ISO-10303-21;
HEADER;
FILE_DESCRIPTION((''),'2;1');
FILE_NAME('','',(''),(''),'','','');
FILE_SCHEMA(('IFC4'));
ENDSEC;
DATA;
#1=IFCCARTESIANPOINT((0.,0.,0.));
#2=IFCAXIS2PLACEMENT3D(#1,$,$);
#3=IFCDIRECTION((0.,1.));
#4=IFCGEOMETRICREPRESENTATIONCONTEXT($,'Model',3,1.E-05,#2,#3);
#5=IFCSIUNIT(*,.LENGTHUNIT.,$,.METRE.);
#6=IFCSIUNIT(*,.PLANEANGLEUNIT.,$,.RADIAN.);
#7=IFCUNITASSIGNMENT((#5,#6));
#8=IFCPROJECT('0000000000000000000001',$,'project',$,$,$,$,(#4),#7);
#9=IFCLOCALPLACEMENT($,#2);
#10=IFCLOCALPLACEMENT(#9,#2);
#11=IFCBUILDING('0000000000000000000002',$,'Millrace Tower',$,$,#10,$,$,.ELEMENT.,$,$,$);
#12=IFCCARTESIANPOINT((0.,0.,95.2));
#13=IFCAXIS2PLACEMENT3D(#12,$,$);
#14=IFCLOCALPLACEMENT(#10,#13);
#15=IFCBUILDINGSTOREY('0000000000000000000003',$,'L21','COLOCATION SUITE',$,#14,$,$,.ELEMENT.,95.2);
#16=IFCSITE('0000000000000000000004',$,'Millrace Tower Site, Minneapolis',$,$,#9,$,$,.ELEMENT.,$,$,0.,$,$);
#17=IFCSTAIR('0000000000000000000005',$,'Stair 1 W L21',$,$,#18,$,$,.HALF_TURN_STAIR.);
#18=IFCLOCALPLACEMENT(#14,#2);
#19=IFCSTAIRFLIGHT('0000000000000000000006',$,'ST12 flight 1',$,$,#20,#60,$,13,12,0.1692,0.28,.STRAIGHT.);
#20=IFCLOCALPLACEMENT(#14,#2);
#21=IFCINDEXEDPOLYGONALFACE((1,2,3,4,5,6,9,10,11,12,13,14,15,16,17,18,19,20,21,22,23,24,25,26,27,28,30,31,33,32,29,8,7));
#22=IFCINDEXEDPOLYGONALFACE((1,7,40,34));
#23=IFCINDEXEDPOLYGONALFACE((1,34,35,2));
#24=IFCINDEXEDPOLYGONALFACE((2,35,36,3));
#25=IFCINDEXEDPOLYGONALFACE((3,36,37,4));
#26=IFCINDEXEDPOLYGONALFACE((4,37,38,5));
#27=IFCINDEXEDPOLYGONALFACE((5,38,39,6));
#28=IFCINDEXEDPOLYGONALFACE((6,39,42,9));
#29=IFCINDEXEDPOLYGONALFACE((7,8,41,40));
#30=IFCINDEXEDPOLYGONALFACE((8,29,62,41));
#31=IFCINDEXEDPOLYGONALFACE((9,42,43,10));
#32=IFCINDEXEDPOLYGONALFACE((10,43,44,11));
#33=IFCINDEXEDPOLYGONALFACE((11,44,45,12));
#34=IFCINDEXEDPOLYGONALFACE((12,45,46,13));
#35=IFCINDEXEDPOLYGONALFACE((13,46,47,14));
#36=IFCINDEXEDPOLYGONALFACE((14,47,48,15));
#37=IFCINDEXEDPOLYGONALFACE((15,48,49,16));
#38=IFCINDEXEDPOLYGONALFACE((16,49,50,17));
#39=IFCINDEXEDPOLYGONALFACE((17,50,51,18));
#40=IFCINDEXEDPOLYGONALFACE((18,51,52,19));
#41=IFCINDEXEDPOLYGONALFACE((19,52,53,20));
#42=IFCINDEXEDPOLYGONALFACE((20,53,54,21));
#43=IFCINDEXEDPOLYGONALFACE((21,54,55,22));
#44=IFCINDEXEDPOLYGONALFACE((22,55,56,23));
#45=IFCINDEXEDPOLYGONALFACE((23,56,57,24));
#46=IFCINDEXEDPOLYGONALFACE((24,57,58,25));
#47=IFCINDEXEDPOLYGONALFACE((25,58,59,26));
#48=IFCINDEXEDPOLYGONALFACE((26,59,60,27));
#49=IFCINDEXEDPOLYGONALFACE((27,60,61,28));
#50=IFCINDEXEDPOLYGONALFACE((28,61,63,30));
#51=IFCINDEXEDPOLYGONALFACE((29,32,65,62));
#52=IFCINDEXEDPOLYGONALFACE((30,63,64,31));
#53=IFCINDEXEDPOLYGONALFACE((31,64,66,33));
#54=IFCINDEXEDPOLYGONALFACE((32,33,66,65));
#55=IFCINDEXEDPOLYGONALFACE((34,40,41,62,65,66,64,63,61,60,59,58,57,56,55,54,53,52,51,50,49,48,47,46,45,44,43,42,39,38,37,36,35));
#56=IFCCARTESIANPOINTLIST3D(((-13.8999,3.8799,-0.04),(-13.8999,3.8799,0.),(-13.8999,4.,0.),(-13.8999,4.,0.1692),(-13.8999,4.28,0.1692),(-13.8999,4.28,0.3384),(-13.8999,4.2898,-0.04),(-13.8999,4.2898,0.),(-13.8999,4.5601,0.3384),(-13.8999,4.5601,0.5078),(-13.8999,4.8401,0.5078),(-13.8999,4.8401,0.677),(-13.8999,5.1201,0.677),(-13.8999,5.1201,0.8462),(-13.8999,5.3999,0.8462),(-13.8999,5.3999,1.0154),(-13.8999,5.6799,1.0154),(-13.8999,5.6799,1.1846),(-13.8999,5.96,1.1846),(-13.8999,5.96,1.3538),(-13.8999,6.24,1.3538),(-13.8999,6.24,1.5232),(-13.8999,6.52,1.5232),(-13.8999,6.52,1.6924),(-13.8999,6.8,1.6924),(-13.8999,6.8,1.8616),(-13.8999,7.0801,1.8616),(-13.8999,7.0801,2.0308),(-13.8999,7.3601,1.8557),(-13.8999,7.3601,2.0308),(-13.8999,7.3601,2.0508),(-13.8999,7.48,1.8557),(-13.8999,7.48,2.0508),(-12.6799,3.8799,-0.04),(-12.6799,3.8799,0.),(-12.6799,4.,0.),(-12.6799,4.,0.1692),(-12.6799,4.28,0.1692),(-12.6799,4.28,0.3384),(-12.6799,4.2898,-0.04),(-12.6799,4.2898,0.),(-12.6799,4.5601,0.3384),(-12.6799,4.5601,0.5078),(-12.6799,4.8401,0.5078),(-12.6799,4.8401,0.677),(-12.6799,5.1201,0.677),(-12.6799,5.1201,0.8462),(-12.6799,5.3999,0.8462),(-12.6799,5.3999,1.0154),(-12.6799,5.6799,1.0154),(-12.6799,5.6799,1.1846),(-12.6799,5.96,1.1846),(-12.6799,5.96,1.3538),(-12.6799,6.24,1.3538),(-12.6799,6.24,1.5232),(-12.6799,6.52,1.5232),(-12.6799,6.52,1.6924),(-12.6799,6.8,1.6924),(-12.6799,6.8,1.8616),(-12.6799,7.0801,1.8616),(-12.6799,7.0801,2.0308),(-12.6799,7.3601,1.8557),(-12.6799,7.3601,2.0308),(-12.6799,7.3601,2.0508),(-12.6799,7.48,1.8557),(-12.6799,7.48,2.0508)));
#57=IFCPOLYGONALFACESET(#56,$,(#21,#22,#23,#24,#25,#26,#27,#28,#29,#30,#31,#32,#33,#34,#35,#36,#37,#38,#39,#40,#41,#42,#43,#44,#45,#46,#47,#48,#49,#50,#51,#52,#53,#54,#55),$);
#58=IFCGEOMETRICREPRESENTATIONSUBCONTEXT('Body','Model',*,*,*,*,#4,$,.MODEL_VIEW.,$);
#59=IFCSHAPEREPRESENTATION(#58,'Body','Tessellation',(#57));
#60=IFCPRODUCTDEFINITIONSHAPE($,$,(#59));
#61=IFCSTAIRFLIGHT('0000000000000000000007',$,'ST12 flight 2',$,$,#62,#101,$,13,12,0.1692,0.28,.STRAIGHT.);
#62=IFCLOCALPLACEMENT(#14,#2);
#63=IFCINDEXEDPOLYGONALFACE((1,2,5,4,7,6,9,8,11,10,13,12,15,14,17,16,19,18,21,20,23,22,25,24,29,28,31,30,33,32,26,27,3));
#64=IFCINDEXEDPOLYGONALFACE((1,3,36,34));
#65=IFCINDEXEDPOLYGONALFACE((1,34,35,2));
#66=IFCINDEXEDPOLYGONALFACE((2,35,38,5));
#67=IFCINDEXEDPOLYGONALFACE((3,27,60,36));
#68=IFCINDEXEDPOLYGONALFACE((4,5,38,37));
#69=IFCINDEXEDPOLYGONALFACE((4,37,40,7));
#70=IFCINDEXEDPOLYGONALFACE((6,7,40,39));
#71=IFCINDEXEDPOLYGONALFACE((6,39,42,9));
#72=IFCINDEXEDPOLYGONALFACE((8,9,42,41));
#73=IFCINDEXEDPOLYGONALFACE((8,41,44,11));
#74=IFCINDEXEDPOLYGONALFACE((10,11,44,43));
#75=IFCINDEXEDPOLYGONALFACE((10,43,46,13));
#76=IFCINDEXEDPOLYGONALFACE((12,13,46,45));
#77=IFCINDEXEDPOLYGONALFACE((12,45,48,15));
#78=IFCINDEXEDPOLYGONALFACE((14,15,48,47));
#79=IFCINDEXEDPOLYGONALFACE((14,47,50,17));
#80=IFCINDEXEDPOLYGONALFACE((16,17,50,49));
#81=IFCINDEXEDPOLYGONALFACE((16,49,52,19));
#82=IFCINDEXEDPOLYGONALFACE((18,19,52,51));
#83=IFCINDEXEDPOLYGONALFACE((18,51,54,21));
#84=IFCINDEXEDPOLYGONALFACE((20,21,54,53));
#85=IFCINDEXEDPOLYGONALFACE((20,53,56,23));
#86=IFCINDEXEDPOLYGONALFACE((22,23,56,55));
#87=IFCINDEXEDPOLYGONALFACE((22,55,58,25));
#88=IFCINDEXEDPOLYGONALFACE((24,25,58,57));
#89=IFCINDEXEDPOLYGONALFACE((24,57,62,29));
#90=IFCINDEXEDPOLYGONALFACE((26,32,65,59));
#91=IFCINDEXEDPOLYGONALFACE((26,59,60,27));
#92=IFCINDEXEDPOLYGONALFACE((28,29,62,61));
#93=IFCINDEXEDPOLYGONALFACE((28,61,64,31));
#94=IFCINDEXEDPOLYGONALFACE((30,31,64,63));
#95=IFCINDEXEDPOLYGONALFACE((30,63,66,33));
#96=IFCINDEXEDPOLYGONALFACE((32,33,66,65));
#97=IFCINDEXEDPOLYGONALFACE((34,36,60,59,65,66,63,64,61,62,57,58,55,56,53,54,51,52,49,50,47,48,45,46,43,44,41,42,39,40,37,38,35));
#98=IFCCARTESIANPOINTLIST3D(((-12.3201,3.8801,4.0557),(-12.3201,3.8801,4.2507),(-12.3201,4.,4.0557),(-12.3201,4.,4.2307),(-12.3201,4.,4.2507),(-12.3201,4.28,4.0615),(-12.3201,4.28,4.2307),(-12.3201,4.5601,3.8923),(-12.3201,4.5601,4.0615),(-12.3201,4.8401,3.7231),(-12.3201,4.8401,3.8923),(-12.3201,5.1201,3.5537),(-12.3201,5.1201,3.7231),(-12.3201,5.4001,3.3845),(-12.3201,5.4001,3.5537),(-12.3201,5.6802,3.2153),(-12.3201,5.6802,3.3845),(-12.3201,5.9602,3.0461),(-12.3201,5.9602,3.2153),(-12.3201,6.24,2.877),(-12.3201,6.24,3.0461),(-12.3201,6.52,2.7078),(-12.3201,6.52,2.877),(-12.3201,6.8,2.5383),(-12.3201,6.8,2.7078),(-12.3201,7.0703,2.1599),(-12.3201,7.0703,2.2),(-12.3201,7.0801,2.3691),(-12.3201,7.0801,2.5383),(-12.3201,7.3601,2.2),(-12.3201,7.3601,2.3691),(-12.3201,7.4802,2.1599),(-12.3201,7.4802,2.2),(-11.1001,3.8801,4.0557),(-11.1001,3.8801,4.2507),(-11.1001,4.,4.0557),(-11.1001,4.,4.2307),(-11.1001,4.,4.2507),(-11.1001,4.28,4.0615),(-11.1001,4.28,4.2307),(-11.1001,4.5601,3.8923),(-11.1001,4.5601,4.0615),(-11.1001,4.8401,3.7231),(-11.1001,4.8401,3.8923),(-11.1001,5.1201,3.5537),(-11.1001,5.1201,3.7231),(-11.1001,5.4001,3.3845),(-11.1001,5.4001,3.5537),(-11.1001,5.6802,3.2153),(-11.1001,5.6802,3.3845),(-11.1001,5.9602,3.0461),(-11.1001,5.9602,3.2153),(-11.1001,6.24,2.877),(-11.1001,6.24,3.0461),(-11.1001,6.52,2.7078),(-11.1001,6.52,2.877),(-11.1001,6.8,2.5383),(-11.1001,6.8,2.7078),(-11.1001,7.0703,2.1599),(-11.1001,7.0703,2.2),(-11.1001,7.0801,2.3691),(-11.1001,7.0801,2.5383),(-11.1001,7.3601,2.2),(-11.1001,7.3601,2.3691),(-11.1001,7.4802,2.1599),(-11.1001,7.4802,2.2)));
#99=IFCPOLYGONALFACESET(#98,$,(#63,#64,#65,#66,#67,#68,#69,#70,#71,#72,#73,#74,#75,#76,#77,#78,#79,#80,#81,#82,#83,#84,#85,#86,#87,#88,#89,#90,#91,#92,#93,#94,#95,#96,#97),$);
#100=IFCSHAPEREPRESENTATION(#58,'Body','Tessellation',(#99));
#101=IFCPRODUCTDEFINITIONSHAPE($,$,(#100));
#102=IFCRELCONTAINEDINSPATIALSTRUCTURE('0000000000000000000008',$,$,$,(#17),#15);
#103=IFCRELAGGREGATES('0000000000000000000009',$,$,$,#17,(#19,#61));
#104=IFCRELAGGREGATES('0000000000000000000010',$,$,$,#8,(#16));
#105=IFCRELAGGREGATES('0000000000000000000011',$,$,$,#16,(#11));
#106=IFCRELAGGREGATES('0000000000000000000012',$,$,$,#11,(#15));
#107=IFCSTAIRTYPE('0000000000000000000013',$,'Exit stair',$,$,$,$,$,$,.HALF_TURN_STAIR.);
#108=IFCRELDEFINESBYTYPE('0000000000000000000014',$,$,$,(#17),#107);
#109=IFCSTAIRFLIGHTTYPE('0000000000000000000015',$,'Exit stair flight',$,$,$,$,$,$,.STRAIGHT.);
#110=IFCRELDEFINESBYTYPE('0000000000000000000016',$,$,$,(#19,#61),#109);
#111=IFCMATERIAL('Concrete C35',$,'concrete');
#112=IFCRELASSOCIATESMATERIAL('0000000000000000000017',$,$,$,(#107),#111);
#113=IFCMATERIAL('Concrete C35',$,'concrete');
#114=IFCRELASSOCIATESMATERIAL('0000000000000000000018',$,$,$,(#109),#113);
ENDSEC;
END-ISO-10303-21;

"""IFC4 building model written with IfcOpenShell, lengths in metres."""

from ifc_helpers import new_model, si_unit, direction, frame, origin, place, context, subcontext, project, spatial, polyline, outline, extrude, material, type_object, element, aggregate, save


model = new_model("IFC4")

# Units and contexts
model_context = context("Model", 3, precision=1e-05, world=origin(), true_north=direction((0.0, 1.0)))
body_context = subcontext(model_context, "Body", "Model", "MODEL_VIEW")
ifc_project = project(units=[si_unit("LENGTHUNIT", "METRE"), si_unit("PLANEANGLEUNIT", "RADIAN")], contexts=[model_context])

# Site, building, storey
site_placement = place(None, origin())
site = spatial("IfcSite", under=ifc_project, at=site_placement, Name="Millrace Tower Site, Minneapolis", CompositionType="ELEMENT", RefElevation=0.0)
building_placement = place(site_placement, origin())
building = spatial("IfcBuilding", under=site, at=building_placement, Name="Millrace Tower", CompositionType="ELEMENT")
storey_placement = place(building_placement, frame((0.0, 0.0, 95.2)))
storey = spatial("IfcBuildingStorey", under=building, at=storey_placement, Name="L21", Description="COLOCATION SUITE", CompositionType="ELEMENT", Elevation=95.2)

# Shared definitions
placement = place(storey_placement, origin())

# Stair, stair flights
ifc_material_1 = material(Name="Concrete C35", Category="concrete")
stair_type = type_object("IfcStairType", Name="Exit stair", PredefinedType="HALF_TURN_STAIR", material=ifc_material_1)
stair = element("IfcStair", 1, at=placement, inside=storey, type_object=stair_type, Name="Stair 1 W L21", PredefinedType="HALF_TURN_STAIR")
ifc_material_2 = material(Name="Concrete C35", Category="concrete")
stair_flight_type = type_object("IfcStairFlightType", Name="Exit stair flight", PredefinedType="STRAIGHT", material=ifc_material_2)
stair_flight_1_placement = place(storey_placement, frame((-13.29, 4.0, 0.0), z_axis=(0.0, 0.0, 1.0), x_axis=(0.0, 1.0, 0.0)))
stair_flight_1 = element("IfcStairFlight", 2, at=stair_flight_1_placement, type_object=stair_flight_type, Name="ST12 flight 1", NumberOfRisers=13, NumberOfTreads=12, PredefinedType="STRAIGHT", RiserHeight=0.1692, TreadLength=0.28, context=body_context, shape_type="SweptSolid", body=[
    extrude(outline(polyline([(-0.1201, -0.04), (-0.1201, 0.0), (0.0, 0.0), (0.0, 0.1692), (0.28, 0.1692), (0.28, 0.3384), (0.5601, 0.3384), (0.5601, 0.5078), (0.8401, 0.5078), (0.8401, 0.677), (1.1201, 0.677), (1.1201, 0.8462), (1.3999, 0.8462), (1.3999, 1.0154), (1.6799, 1.0154), (1.6799, 1.1846), (1.96, 1.1846), (1.96, 1.3538), (2.24, 1.3538), (2.24, 1.5232), (2.52, 1.5232), (2.52, 1.6924), (2.8, 1.6924), (2.8, 1.8616), (3.0801, 1.8616), (3.0801, 2.0308), (3.3601, 2.0308), (3.3601, 2.0508), (3.48, 2.0508), (3.48, 1.8557), (3.3601, 1.8557), (0.2898, 0.0), (0.2898, -0.04), (-0.1201, -0.04)])), frame((0.0, 0.6099, 0.0), z_axis=(0.0, -1.0, 0.0), x_axis=(1.0, 0.0, 0.0)), (0.0, 0.0, 1.0), 1.22),
])
stair_flight_2_placement = place(storey_placement, frame((-11.71, 7.3601, 2.2), z_axis=(0.0, 0.0, 1.0), x_axis=(0.0, -1.0, 0.0)))
stair_flight_2 = element("IfcStairFlight", 3, at=stair_flight_2_placement, type_object=stair_flight_type, Name="ST12 flight 2", NumberOfRisers=13, NumberOfTreads=12, PredefinedType="STRAIGHT", RiserHeight=0.1692, TreadLength=0.28, context=body_context, shape_type="SweptSolid", body=[
    extrude(outline(polyline([(-0.1201, -0.04), (-0.1201, 0.0), (0.0, 0.0), (0.0, 0.1692), (0.28, 0.1692), (0.28, 0.3384), (0.5601, 0.3384), (0.5601, 0.5078), (0.8401, 0.5078), (0.8401, 0.677), (1.1201, 0.677), (1.1201, 0.8462), (1.3999, 0.8462), (1.3999, 1.0154), (1.6799, 1.0154), (1.6799, 1.1846), (1.96, 1.1846), (1.96, 1.3538), (2.24, 1.3538), (2.24, 1.5232), (2.52, 1.5232), (2.52, 1.6924), (2.8, 1.6924), (2.8, 1.8616), (3.0801, 1.8616), (3.0801, 2.0308), (3.3601, 2.0308), (3.3601, 2.0508), (3.48, 2.0508), (3.48, 1.8557), (3.3601, 1.8557), (0.2898, 0.0), (0.2898, -0.04), (-0.1201, -0.04)])), frame((0.0, 0.6099, 0.0), z_axis=(0.0, -1.0, 0.0), x_axis=(1.0, 0.0, 0.0)), (0.0, 0.0, 1.0), 1.22),
])
aggregate(stair, [stair_flight_1, stair_flight_2])

save(model, "model.ifc")
